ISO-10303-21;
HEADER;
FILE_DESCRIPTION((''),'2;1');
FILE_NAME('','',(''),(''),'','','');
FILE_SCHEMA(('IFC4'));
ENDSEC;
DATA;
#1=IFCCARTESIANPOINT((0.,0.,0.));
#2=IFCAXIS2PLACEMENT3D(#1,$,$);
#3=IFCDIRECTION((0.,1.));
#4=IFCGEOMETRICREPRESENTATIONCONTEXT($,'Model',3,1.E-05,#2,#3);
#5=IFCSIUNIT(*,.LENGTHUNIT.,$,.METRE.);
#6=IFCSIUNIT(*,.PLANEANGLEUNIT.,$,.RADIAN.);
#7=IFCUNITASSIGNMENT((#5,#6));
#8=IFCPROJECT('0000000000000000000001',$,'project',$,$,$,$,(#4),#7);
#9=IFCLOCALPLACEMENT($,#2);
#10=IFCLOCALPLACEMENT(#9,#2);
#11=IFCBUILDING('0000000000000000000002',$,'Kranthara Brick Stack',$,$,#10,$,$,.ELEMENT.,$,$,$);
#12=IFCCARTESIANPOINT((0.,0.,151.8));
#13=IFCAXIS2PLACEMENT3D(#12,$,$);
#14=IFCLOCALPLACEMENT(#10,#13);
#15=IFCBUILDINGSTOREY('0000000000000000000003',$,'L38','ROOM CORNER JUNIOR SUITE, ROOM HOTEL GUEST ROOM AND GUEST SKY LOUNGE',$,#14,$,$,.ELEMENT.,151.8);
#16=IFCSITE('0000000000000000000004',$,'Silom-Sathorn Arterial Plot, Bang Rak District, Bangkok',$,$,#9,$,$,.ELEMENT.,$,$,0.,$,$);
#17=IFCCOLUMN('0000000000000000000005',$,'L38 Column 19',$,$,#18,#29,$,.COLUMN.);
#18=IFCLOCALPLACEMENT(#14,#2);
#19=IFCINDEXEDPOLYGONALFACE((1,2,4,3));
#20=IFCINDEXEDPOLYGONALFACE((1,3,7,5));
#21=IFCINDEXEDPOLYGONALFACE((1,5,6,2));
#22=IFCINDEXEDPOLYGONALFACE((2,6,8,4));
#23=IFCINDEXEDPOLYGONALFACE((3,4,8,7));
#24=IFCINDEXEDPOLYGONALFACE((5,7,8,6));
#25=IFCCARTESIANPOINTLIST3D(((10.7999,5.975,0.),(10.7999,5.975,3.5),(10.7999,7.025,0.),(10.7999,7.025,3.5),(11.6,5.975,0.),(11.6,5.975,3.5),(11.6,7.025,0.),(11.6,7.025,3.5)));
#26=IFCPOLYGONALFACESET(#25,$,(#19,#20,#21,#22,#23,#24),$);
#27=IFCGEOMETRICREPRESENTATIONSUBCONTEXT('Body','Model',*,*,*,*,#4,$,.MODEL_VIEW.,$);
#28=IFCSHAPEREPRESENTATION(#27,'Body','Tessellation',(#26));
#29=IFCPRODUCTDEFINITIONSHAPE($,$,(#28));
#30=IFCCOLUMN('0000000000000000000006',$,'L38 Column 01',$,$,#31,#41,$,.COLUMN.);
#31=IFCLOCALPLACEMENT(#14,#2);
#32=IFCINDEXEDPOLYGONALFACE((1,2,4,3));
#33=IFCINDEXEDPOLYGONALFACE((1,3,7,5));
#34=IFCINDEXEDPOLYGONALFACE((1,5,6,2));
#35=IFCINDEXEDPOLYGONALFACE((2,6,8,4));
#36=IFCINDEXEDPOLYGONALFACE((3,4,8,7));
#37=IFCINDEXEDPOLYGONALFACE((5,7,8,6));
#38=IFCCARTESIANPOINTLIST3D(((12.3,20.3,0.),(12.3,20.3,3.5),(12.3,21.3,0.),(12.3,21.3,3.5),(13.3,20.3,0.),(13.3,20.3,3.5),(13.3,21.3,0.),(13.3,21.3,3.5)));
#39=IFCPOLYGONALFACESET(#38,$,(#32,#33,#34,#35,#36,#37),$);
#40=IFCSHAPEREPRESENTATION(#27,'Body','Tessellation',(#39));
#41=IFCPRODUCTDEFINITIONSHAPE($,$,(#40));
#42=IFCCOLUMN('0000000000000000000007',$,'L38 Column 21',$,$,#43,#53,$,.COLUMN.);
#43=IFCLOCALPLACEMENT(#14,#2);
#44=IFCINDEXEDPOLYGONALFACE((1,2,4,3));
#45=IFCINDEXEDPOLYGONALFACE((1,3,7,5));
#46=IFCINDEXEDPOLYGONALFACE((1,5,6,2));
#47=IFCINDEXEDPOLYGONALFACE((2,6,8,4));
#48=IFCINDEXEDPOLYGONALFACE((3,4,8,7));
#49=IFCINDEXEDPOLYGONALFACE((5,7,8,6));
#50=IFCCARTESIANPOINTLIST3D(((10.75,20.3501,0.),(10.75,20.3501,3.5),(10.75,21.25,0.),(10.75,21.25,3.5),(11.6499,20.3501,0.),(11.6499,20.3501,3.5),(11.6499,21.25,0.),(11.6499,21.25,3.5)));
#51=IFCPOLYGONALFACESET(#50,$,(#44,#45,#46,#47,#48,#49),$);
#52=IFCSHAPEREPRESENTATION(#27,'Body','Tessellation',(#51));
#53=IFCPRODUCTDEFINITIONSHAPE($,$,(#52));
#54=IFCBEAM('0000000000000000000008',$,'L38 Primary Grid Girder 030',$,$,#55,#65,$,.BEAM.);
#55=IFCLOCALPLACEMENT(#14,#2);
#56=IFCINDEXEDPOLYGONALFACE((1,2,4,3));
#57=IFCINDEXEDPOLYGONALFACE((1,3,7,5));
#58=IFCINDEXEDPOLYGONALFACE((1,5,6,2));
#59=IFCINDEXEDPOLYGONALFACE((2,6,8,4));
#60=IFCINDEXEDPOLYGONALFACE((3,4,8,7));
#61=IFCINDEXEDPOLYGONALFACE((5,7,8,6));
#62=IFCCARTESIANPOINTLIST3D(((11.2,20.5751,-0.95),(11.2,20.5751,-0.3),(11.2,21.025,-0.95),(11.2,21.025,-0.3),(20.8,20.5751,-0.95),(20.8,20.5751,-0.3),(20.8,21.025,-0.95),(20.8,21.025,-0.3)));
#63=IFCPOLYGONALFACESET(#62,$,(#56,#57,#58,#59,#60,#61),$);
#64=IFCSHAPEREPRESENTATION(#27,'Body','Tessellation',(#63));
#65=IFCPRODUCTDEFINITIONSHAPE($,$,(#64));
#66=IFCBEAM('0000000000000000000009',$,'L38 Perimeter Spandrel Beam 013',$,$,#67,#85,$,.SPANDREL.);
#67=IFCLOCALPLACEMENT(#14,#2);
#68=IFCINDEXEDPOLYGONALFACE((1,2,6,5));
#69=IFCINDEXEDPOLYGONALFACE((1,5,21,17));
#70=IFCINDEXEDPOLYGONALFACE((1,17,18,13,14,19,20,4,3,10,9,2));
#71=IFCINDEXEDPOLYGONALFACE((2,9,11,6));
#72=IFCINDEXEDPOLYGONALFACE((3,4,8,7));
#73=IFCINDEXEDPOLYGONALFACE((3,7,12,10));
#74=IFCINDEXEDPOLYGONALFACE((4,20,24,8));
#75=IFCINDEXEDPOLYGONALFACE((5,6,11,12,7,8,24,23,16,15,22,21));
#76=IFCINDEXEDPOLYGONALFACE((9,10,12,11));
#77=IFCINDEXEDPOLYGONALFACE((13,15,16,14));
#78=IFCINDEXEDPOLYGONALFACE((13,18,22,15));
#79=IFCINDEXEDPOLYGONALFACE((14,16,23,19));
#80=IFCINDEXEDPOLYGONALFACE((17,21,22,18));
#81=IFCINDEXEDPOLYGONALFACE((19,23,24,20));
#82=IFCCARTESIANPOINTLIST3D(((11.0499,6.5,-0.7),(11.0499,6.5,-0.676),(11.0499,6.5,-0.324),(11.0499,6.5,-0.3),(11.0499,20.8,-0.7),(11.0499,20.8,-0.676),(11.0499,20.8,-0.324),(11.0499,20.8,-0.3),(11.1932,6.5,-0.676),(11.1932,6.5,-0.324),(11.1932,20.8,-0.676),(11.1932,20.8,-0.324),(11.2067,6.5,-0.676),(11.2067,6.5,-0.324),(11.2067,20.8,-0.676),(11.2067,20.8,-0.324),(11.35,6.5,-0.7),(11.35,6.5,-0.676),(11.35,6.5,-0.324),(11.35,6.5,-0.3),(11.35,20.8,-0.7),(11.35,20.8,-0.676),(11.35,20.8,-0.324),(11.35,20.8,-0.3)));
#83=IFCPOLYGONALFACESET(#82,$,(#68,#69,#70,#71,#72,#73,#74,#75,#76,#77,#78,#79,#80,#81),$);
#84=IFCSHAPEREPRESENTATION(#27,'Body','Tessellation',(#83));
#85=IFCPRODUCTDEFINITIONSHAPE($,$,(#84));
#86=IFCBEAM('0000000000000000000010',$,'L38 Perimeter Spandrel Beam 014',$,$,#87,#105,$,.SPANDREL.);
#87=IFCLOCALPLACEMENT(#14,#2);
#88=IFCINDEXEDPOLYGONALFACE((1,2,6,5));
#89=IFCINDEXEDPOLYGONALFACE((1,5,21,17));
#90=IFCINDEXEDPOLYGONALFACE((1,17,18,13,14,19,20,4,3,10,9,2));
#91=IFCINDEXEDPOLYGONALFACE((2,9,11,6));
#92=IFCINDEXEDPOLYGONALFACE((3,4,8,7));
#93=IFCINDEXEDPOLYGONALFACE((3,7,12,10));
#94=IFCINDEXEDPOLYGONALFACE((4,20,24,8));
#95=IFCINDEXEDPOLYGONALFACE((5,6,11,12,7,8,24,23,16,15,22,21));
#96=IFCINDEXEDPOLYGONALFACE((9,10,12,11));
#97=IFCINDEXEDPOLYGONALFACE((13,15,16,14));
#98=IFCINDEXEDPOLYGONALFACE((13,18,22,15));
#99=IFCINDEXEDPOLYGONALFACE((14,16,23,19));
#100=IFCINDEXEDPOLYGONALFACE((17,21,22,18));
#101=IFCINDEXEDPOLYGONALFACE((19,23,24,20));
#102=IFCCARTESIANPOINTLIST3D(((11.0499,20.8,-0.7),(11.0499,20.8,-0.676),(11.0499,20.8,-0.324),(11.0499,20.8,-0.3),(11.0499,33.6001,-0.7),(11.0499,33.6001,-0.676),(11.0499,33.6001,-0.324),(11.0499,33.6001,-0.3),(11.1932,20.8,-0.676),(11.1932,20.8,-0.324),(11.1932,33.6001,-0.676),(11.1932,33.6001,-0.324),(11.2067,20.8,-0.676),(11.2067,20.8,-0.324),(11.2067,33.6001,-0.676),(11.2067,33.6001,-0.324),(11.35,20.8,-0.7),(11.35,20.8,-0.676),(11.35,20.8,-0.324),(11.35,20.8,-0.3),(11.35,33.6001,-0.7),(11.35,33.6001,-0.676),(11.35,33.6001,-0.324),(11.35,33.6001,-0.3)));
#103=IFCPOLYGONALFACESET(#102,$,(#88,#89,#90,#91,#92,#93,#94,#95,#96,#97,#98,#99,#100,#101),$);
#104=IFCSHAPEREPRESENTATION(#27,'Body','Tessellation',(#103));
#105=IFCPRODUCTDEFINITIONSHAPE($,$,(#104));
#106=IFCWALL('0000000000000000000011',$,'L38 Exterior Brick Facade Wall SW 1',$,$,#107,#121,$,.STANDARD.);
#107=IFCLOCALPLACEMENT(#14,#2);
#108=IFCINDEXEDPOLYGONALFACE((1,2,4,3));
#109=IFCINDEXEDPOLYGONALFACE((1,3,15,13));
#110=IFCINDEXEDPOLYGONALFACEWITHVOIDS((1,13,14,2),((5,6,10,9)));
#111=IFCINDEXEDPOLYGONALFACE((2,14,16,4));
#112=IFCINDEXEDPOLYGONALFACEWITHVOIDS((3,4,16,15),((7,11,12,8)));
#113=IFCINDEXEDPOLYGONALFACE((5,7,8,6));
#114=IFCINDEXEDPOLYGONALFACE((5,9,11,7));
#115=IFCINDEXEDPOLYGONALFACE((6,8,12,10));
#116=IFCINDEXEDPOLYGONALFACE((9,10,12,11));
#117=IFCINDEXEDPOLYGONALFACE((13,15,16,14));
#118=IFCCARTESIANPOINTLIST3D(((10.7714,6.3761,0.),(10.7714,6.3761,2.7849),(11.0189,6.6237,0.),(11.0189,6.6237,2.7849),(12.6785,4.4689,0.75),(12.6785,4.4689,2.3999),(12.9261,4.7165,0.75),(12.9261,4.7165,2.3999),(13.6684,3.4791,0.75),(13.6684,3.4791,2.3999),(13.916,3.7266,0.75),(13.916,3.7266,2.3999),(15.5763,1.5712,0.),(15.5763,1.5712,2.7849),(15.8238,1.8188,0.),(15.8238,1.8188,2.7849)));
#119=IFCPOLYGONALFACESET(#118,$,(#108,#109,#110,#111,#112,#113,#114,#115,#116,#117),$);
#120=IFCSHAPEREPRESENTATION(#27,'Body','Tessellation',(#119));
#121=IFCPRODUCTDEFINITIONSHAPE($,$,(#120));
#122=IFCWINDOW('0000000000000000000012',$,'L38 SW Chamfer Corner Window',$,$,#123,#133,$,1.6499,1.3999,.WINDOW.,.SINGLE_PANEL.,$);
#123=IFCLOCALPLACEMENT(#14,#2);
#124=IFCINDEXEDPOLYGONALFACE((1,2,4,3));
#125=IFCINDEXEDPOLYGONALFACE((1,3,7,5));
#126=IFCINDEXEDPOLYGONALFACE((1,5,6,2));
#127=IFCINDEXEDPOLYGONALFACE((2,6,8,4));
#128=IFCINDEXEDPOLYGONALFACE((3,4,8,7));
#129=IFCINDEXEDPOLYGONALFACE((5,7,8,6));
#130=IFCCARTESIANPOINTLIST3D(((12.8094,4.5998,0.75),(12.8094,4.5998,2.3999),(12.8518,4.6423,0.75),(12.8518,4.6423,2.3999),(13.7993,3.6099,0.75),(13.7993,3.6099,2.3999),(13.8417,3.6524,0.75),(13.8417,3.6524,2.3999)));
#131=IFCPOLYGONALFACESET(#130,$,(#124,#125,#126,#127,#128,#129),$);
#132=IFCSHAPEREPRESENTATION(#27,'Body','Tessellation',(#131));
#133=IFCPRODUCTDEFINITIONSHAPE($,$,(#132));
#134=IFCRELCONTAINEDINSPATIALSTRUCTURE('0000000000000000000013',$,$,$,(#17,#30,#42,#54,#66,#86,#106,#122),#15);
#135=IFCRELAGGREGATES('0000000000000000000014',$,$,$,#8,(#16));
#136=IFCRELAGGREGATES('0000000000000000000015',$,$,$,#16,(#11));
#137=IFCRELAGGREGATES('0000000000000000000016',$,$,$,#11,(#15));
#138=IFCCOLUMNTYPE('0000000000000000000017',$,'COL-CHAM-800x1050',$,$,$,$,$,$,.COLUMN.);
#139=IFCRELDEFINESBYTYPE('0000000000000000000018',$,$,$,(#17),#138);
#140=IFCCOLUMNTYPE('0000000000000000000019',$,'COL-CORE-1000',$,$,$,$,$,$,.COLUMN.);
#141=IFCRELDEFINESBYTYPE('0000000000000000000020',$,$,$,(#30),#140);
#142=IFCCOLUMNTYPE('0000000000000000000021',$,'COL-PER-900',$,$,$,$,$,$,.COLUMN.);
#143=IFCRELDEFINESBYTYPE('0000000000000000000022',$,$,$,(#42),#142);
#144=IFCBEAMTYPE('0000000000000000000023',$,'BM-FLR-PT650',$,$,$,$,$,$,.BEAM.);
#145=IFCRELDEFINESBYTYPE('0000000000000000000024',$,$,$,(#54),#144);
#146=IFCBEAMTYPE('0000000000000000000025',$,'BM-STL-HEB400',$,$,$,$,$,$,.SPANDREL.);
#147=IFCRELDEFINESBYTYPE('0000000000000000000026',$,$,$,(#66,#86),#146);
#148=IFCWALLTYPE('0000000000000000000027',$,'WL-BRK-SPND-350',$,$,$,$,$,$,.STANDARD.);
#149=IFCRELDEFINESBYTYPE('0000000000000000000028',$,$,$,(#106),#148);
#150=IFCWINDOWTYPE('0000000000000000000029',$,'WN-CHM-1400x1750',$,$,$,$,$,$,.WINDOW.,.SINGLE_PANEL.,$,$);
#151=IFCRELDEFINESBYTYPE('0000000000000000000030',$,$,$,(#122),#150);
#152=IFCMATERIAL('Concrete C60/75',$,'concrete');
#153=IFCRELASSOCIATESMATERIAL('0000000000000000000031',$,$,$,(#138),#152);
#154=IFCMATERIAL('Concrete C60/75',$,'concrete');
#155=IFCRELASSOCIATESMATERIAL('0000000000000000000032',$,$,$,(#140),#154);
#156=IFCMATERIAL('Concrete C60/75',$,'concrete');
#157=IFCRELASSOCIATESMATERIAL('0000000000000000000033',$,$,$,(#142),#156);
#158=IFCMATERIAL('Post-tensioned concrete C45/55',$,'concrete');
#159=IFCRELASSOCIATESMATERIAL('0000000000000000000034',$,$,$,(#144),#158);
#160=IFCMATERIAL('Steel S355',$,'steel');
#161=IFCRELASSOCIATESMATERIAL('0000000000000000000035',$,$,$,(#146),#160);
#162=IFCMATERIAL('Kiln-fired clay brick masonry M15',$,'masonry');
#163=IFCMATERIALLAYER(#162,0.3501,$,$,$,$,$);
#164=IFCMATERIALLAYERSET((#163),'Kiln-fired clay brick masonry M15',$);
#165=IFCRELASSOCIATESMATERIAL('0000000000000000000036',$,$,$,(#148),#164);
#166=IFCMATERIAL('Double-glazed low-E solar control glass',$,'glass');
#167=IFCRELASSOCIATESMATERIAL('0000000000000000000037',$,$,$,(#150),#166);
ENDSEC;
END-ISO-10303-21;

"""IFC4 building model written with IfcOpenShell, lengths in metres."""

from ifc_helpers import new_model, si_unit, direction, frame, frame_2d, origin, origin_2d, place, context, subcontext, project, spatial, rectangle, i_section, extrude, material, layer, layer_set, material_profile, profile_set, type_object, element, fill, save


model = new_model("IFC4")

# Units and contexts
model_context = context("Model", 3, precision=1e-05, world=origin(), true_north=direction((0.0, 1.0)))
body_context = subcontext(model_context, "Body", "Model", "MODEL_VIEW")
ifc_project = project(units=[si_unit("LENGTHUNIT", "METRE"), si_unit("PLANEANGLEUNIT", "RADIAN")], contexts=[model_context])

# Site, building, storey
site_placement = place(None, origin())
site = spatial("IfcSite", under=ifc_project, at=site_placement, Name="Silom-Sathorn Arterial Plot, Bang Rak District, Bangkok", CompositionType="ELEMENT", RefElevation=0.0)
building_placement = place(site_placement, origin())
building = spatial("IfcBuilding", under=site, at=building_placement, Name="Kranthara Brick Stack", CompositionType="ELEMENT")
storey_placement = place(building_placement, frame((0.0, 0.0, 151.8)))
storey = spatial("IfcBuildingStorey", under=building, at=storey_placement, Name="L38", Description="ROOM CORNER JUNIOR SUITE, ROOM HOTEL GUEST ROOM AND GUEST SKY LOUNGE", CompositionType="ELEMENT", Elevation=151.8)

# Columns
ifc_material_1 = material(Name="Concrete C60/75", Category="concrete")
ifc_material_profile_1 = material_profile(ifc_material_1, rectangle(XDim=0.8, YDim=1.05, at=origin_2d()), Name="RC 800x1050")
ifc_profile_set_1 = profile_set([ifc_material_profile_1], Name="Concrete C60/75")
column_type_1 = type_object("IfcColumnType", Name="COL-CHAM-800x1050", PredefinedType="COLUMN", material=ifc_profile_set_1)
column_1_placement = place(storey_placement, frame((11.2, 6.5, 0.0), z_axis=(0.0, 0.0, 1.0), x_axis=(1.0, 0.0, 0.0)))
element("IfcColumn", 1, at=column_1_placement, inside=storey, type_object=column_type_1, Name="L38 Column 19", PredefinedType="COLUMN", context=body_context, shape_type="SweptSolid", body=[
    extrude(rectangle(XDim=0.8, YDim=1.05, at=origin_2d()), origin(), (0.0, 0.0, 1.0), 3.5),
])
ifc_material_2 = material(Name="Concrete C60/75", Category="concrete")
ifc_material_profile_2 = material_profile(ifc_material_2, rectangle(XDim=1.0, YDim=1.0, at=origin_2d()), Name="RC 1000x1000")
ifc_profile_set_2 = profile_set([ifc_material_profile_2], Name="Concrete C60/75")
column_type_2 = type_object("IfcColumnType", Name="COL-CORE-1000", PredefinedType="COLUMN", material=ifc_profile_set_2)
column_2_placement = place(storey_placement, frame((12.8, 20.8, 0.0), z_axis=(0.0, 0.0, 1.0), x_axis=(1.0, 0.0, 0.0)))
element("IfcColumn", 2, at=column_2_placement, inside=storey, type_object=column_type_2, Name="L38 Column 01", PredefinedType="COLUMN", context=body_context, shape_type="SweptSolid", body=[
    extrude(rectangle(XDim=1.0, YDim=1.0, at=origin_2d()), origin(), (0.0, 0.0, 1.0), 3.5),
])
ifc_material_3 = material(Name="Concrete C60/75", Category="concrete")
ifc_material_profile_3 = material_profile(ifc_material_3, rectangle(XDim=0.8999, YDim=0.8999, at=origin_2d()), Name="RC 900x900")
ifc_profile_set_3 = profile_set([ifc_material_profile_3], Name="Concrete C60/75")
column_type_3 = type_object("IfcColumnType", Name="COL-PER-900", PredefinedType="COLUMN", material=ifc_profile_set_3)
column_3_placement = place(storey_placement, frame((11.2, 20.8, 0.0), z_axis=(0.0, 0.0, 1.0), x_axis=(1.0, 0.0, 0.0)))
element("IfcColumn", 3, at=column_3_placement, inside=storey, type_object=column_type_3, Name="L38 Column 21", PredefinedType="COLUMN", context=body_context, shape_type="SweptSolid", body=[
    extrude(rectangle(XDim=0.8999, YDim=0.8999, at=origin_2d()), origin(), (0.0, 0.0, 1.0), 3.5),
])

# Beams
ifc_material_4 = material(Name="Post-tensioned concrete C45/55", Category="concrete")
ifc_material_profile_4 = material_profile(ifc_material_4, rectangle(XDim=0.45, YDim=0.6499, at=origin_2d()), Name="PT 450x650")
ifc_profile_set_4 = profile_set([ifc_material_profile_4], Name="Post-tensioned concrete C45/55")
beam_type_1 = type_object("IfcBeamType", Name="BM-FLR-PT650", PredefinedType="BEAM", material=ifc_profile_set_4)
beam_1_placement = place(storey_placement, frame((11.2, 20.8, -0.625), z_axis=(1.0, 0.0, 0.0), x_axis=(0.0, 1.0, 0.0)))
element("IfcBeam", 4, at=beam_1_placement, inside=storey, type_object=beam_type_1, Name="L38 Primary Grid Girder 030", PredefinedType="BEAM", context=body_context, shape_type="SweptSolid", body=[
    extrude(rectangle(XDim=0.45, YDim=0.6499, at=origin_2d()), origin(), (0.0, 0.0, 1.0), 9.6001),
])
ifc_material_5 = material(Name="Steel S355", Category="steel")
ifc_material_profile_5 = material_profile(ifc_material_5, i_section(OverallWidth=0.3, OverallDepth=0.3999, WebThickness=0.0134, FlangeThickness=0.0239, at=origin_2d()), Name="HEB 400")
ifc_profile_set_5 = profile_set([ifc_material_profile_5], Name="Steel S355")
beam_type_2 = type_object("IfcBeamType", Name="BM-STL-HEB400", PredefinedType="SPANDREL", material=ifc_profile_set_5)
beam_2_placement = place(storey_placement, frame((11.2, 6.5, -0.5), z_axis=(0.0, 1.0, 0.0), x_axis=(-1.0, 0.0, 0.0)))
element("IfcBeam", 5, at=beam_2_placement, inside=storey, type_object=beam_type_2, Name="L38 Perimeter Spandrel Beam 013", PredefinedType="SPANDREL", context=body_context, shape_type="SweptSolid", body=[
    extrude(i_section(OverallWidth=0.3, OverallDepth=0.3999, WebThickness=0.0134, FlangeThickness=0.0239, at=origin_2d()), origin(), (0.0, 0.0, 1.0), 14.3),
])
beam_3_placement = place(storey_placement, frame((11.2, 20.8, -0.5), z_axis=(0.0, 1.0, 0.0), x_axis=(-1.0, 0.0, 0.0)))
element("IfcBeam", 6, at=beam_3_placement, inside=storey, type_object=beam_type_2, Name="L38 Perimeter Spandrel Beam 014", PredefinedType="SPANDREL", context=body_context, shape_type="SweptSolid", body=[
    extrude(i_section(OverallWidth=0.3, OverallDepth=0.3999, WebThickness=0.0134, FlangeThickness=0.0239, at=origin_2d()), origin(), (0.0, 0.0, 1.0), 12.8),
])

# Wall, opening, window
ifc_material_6 = material(Name="Kiln-fired clay brick masonry M15", Category="masonry")
ifc_layer_1 = layer(ifc_material_6, 0.3501)
ifc_layer_set_1 = layer_set([ifc_layer_1], Name="Kiln-fired clay brick masonry M15")
wall_type_1 = type_object("IfcWallType", Name="WL-BRK-SPND-350", PredefinedType="STANDARD", material=ifc_layer_set_1)
wall_1_placement = place(storey_placement, frame((15.7, 1.6951, 0.0), z_axis=(0.0, 0.0, 1.0), x_axis=(-0.707107, 0.707107, 0.0)))
wall_1 = element("IfcWall", 7, at=wall_1_placement, inside=storey, type_object=wall_type_1, Name="L38 Exterior Brick Facade Wall SW 1", PredefinedType="STANDARD", context=body_context, shape_type="SweptSolid", body=[
    extrude(rectangle(XDim=6.7952, YDim=0.3501, at=frame_2d((3.3975, 0.0))), origin(), (0.0, 0.0, 1.0), 2.7849),
])
opening_1_placement = place(wall_1_placement, frame((2.698, 0.0, 0.75)))
opening_1 = element("IfcOpeningElement", 8, at=opening_1_placement, cuts=wall_1, PredefinedType="OPENING", context=body_context, shape_type="SweptSolid", body=[
    extrude(rectangle(XDim=1.3999, YDim=1.6499, at=frame_2d((0.7, 0.825))), frame((0.0, 0.1851, 0.0), z_axis=(0.0, -1.0, 0.0), x_axis=(1.0, 0.0, 0.0)), (0.0, 0.0, 1.0), 0.3701),
])
ifc_material_7 = material(Name="Double-glazed low-E solar control glass", Category="glass")
window_type_1 = type_object("IfcWindowType", Name="WN-CHM-1400x1750", PartitioningType="SINGLE_PANEL", PredefinedType="WINDOW", material=ifc_material_7)
window_1_placement = place(opening_1_placement, origin())
window_1 = element("IfcWindow", 9, at=window_1_placement, inside=storey, type_object=window_type_1, Name="L38 SW Chamfer Corner Window", OverallHeight=1.6499, OverallWidth=1.3999, PartitioningType="SINGLE_PANEL", PredefinedType="WINDOW", context=body_context, shape_type="SweptSolid", body=[
    extrude(rectangle(XDim=1.3999, YDim=1.6499, at=frame_2d((0.7, 0.825))), frame((0.0, -0.01, 0.0), z_axis=(0.0, -1.0, 0.0), x_axis=(1.0, 0.0, 0.0)), (0.0, 0.0, 1.0), 0.0601),
])
fill(opening_1, window_1)

save(model, "model.ifc")
